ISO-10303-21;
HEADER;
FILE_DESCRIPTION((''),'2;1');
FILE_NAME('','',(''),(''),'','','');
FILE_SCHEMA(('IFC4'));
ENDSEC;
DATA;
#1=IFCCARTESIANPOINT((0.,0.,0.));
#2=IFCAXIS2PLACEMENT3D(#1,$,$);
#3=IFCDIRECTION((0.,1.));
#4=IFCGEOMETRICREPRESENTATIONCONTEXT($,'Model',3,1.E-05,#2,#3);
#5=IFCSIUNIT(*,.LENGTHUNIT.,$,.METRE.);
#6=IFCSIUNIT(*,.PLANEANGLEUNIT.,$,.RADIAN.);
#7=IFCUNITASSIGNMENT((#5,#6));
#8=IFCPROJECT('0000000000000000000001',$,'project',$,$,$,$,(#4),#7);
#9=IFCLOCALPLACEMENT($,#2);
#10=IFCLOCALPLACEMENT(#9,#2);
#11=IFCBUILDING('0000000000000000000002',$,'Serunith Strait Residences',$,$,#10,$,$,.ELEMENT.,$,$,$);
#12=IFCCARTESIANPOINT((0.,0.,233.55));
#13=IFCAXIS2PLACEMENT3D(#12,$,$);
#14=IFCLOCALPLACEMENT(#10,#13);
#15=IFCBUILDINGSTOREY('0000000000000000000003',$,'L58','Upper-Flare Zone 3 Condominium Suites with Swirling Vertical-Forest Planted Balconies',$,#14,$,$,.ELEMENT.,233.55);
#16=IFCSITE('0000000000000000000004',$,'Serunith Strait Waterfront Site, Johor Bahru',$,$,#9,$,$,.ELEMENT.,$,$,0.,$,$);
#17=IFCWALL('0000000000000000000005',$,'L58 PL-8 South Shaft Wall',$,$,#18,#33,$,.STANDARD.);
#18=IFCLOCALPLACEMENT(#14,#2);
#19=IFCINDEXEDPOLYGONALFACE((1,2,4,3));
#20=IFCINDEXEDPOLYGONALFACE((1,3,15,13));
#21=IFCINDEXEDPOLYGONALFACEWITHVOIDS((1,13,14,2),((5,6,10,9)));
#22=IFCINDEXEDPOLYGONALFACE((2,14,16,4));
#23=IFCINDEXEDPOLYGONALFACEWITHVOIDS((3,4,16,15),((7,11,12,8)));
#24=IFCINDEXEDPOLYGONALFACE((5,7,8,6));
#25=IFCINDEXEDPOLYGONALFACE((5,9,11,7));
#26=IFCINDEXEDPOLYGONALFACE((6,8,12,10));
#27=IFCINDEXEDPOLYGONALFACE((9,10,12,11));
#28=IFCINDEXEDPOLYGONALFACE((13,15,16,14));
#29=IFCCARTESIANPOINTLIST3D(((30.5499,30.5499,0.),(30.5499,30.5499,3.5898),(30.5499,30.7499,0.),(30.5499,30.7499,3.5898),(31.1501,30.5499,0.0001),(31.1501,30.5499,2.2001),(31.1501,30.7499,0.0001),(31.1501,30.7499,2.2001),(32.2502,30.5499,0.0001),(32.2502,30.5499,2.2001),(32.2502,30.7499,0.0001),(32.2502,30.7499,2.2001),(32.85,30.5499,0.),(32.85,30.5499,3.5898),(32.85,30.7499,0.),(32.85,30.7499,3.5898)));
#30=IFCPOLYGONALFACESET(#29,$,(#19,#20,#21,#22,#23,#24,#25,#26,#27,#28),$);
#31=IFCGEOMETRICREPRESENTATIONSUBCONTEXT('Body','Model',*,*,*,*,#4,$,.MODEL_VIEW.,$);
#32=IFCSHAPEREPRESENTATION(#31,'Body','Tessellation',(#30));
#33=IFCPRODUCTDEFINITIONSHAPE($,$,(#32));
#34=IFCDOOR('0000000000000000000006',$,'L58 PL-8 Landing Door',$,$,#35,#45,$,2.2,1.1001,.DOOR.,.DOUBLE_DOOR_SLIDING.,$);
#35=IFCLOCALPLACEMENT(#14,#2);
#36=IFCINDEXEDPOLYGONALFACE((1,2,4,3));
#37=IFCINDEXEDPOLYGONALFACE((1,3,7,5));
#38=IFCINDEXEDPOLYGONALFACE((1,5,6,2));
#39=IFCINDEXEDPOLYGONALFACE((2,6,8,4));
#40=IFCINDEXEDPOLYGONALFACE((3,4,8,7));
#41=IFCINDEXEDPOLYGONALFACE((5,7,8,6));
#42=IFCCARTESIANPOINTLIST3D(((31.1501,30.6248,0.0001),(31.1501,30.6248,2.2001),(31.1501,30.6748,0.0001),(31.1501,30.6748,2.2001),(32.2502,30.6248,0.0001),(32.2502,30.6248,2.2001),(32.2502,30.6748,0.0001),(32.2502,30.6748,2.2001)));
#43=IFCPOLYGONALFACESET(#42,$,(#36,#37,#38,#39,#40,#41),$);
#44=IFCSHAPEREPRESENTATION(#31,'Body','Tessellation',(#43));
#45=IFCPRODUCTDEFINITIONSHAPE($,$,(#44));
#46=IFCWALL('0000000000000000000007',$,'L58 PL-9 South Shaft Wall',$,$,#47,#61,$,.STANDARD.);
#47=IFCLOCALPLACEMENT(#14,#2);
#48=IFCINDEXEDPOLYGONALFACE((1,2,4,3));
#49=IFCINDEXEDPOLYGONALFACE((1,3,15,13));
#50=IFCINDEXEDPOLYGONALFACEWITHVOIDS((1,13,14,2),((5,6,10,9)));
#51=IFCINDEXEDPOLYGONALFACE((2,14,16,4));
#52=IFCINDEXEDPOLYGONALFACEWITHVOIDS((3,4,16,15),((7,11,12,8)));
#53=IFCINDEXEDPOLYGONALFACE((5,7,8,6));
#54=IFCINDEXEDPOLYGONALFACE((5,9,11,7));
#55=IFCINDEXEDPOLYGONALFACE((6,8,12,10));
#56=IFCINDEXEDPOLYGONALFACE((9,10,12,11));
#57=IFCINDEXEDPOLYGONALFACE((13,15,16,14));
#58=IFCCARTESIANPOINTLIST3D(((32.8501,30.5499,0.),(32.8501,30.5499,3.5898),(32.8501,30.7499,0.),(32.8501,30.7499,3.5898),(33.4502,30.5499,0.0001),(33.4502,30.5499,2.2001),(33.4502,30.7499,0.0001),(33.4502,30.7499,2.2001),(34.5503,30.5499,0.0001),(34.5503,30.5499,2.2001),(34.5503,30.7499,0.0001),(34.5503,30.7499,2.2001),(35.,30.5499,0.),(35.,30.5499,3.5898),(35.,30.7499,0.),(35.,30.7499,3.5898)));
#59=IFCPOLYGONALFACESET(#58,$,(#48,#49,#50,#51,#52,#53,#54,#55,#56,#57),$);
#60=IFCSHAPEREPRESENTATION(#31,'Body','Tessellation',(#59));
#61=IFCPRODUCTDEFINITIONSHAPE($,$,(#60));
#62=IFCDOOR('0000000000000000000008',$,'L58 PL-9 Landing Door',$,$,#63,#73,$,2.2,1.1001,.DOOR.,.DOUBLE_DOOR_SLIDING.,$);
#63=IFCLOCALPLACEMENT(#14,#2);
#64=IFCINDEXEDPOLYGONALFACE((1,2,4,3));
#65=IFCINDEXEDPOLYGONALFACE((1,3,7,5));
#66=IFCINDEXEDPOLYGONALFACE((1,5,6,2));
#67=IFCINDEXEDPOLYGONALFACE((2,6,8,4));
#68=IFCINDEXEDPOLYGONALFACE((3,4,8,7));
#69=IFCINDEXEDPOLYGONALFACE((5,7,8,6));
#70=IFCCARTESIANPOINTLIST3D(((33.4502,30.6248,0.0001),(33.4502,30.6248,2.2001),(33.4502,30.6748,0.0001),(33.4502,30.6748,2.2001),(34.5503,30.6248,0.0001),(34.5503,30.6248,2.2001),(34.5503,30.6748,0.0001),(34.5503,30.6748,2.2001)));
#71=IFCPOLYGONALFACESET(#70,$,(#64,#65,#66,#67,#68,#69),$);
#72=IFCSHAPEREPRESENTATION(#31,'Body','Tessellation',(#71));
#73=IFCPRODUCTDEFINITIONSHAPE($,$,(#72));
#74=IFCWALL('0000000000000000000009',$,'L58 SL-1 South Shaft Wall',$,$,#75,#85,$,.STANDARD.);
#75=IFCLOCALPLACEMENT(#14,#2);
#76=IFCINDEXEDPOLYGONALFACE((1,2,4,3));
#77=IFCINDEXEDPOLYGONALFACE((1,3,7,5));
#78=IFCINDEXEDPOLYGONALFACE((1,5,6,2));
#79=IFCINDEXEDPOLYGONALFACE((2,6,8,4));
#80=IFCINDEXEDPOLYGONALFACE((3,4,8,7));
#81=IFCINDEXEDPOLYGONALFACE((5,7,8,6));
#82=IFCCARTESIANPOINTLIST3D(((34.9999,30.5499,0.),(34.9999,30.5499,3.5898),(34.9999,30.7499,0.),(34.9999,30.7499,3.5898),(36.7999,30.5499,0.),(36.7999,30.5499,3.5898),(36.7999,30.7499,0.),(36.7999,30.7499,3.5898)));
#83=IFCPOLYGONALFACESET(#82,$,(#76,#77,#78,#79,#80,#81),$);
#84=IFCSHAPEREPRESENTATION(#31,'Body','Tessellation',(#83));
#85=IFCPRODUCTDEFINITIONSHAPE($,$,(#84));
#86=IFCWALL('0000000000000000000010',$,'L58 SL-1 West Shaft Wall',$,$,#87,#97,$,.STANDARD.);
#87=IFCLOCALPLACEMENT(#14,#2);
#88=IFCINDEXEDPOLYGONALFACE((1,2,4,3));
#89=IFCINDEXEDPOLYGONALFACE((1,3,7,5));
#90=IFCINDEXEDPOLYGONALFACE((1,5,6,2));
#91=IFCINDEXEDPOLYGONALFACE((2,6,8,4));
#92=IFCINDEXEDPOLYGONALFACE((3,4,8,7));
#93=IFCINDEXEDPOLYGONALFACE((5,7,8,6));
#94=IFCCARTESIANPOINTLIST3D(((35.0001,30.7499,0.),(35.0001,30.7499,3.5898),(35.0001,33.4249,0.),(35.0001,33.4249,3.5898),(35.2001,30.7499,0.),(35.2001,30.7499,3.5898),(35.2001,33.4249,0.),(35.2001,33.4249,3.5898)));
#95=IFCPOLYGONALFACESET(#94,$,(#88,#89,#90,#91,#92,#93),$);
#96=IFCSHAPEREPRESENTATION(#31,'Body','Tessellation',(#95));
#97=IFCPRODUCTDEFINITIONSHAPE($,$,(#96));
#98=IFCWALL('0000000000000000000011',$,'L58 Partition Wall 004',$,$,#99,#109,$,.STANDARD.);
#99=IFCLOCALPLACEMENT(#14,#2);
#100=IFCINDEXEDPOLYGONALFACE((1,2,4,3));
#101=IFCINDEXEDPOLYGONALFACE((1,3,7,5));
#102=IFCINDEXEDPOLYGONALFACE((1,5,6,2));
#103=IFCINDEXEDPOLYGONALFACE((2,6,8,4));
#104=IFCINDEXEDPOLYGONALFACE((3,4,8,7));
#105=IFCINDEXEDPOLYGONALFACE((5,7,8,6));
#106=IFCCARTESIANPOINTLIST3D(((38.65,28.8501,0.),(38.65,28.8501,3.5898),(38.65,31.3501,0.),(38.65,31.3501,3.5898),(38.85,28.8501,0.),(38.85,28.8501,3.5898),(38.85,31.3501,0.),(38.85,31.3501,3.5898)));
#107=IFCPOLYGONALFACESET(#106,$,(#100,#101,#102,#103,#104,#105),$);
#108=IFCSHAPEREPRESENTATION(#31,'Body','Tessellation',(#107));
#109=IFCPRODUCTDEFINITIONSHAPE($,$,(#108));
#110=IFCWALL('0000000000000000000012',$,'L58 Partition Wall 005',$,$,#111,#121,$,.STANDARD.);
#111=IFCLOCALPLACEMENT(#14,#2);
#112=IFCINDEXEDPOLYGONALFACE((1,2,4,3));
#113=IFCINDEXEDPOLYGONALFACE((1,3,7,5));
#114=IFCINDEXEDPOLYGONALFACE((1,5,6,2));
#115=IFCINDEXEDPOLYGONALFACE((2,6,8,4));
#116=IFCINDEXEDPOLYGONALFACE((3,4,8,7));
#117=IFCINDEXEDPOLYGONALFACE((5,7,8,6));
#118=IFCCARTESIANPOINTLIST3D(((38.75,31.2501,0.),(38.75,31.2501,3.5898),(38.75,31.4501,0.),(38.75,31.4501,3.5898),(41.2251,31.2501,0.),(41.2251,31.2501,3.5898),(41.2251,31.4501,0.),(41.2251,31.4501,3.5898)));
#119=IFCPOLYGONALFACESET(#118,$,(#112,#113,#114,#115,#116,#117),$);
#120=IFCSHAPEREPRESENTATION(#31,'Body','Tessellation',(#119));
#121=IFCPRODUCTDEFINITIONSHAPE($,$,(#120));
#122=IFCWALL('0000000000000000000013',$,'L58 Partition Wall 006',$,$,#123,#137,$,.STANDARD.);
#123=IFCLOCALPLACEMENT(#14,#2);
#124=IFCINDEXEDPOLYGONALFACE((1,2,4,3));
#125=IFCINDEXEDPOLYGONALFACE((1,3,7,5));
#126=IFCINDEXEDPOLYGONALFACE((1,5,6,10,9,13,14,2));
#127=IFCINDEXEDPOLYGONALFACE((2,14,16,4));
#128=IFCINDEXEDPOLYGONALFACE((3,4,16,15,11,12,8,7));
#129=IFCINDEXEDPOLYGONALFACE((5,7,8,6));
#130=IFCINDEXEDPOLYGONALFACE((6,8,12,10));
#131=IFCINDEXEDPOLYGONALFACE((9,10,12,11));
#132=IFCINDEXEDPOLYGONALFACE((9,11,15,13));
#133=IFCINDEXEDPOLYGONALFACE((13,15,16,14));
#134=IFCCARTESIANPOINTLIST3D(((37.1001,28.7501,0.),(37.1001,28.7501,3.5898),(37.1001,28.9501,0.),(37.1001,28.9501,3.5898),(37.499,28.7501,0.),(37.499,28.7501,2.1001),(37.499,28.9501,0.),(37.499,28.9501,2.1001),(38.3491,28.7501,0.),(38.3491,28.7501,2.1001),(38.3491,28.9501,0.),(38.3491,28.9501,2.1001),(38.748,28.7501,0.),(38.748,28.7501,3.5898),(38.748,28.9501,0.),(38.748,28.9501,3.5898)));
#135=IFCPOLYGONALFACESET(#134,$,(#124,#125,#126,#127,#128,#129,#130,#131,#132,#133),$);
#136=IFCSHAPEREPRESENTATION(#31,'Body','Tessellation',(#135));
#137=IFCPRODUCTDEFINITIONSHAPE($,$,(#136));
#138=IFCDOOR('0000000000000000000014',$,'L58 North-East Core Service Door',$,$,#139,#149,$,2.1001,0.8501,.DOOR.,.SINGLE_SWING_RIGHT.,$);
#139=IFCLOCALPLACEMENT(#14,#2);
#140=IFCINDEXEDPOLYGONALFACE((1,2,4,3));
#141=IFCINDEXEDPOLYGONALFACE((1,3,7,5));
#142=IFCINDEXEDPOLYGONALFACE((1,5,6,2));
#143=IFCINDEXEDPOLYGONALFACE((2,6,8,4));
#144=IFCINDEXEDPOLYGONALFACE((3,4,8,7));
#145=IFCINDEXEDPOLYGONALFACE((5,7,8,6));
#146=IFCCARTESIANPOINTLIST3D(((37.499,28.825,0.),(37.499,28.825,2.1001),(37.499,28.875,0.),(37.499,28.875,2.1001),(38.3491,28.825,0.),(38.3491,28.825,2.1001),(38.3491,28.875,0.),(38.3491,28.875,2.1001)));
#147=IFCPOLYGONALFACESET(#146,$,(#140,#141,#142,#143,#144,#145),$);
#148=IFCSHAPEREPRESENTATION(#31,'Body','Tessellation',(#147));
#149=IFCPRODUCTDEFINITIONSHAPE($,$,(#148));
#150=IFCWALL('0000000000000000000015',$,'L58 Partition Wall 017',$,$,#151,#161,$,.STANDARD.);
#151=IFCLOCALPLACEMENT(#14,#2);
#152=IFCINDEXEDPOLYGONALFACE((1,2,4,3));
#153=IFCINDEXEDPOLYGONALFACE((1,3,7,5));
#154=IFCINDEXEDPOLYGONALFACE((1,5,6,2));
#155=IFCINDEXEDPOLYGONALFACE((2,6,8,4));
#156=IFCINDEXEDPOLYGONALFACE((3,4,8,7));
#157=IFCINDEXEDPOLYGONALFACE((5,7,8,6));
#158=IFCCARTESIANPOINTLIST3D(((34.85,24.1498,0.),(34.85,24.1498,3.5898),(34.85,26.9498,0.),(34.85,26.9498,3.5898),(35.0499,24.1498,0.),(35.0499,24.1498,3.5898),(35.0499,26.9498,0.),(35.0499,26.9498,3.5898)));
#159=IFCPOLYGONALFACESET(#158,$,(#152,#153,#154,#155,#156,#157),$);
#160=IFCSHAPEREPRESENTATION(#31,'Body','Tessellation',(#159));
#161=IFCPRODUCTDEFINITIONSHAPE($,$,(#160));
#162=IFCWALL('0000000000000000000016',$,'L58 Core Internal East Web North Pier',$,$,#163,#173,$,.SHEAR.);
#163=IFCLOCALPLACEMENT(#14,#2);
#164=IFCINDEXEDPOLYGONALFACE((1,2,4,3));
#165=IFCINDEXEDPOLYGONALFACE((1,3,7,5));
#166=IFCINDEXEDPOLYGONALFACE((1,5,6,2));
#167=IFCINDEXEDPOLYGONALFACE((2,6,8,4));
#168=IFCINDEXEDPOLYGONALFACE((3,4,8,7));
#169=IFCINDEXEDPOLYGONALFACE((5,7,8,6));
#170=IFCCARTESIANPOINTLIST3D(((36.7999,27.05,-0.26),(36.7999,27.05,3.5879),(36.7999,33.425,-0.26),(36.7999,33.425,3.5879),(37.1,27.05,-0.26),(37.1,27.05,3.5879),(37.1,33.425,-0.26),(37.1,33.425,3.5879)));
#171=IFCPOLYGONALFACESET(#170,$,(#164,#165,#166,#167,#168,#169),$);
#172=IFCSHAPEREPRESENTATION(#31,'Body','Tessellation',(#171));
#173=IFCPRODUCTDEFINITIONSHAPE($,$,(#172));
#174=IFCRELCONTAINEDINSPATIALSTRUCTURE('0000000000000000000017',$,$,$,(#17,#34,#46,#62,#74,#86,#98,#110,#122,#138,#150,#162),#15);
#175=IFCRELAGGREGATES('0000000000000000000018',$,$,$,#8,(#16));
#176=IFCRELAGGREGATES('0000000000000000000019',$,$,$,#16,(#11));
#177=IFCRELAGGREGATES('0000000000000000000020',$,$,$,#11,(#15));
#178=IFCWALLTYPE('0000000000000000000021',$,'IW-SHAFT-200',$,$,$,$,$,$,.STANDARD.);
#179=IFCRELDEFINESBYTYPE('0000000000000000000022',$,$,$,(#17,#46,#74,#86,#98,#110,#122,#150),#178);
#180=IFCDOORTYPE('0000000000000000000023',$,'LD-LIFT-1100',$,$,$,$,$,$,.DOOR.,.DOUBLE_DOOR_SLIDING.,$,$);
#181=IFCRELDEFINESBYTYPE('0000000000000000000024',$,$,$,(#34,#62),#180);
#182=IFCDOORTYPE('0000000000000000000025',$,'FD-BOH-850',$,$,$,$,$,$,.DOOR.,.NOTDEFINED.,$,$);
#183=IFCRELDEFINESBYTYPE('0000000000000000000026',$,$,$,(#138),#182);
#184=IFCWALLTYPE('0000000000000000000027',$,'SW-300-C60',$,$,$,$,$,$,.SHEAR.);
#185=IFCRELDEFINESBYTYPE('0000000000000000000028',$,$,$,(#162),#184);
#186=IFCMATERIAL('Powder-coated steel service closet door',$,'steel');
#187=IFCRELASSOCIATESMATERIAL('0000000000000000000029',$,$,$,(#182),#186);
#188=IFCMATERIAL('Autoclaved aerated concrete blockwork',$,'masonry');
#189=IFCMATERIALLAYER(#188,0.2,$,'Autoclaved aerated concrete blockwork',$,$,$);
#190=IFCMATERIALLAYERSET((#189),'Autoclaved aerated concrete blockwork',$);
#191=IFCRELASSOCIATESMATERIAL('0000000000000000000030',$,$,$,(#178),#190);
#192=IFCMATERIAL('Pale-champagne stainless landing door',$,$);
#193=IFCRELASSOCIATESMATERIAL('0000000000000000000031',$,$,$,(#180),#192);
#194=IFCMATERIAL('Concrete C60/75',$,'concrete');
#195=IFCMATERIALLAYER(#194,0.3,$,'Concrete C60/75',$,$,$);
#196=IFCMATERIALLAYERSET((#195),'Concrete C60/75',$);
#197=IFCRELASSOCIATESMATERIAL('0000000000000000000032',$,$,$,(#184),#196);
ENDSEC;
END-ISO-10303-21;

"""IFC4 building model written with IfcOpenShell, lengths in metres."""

from ifc_helpers import new_model, si_unit, direction, frame, frame_2d, origin, place, context, subcontext, project, spatial, rectangle, extrude, source, transform, mapped, material, layer, layer_set, type_object, element, fill, save


model = new_model("IFC4")

# Units and contexts
model_context = context("Model", 3, precision=1e-05, world=origin(), true_north=direction((0.0, 1.0)))
body_context = subcontext(model_context, "Body", "Model", "MODEL_VIEW")
ifc_project = project(units=[si_unit("LENGTHUNIT", "METRE"), si_unit("PLANEANGLEUNIT", "RADIAN")], contexts=[model_context])

# Site, building, storey
site_placement = place(None, origin())
site = spatial("IfcSite", under=ifc_project, at=site_placement, Name="Serunith Strait Waterfront Site, Johor Bahru", CompositionType="ELEMENT", RefElevation=0.0)
building_placement = place(site_placement, origin())
building = spatial("IfcBuilding", under=site, at=building_placement, Name="Serunith Strait Residences", CompositionType="ELEMENT")
storey_placement = place(building_placement, frame((0.0, 0.0, 233.55)))
storey = spatial("IfcBuildingStorey", under=building, at=storey_placement, Name="L58", Description="Upper-Flare Zone 3 Condominium Suites with Swirling Vertical-Forest Planted Balconies", CompositionType="ELEMENT", Elevation=233.55)

# Walls, openings, doors
ifc_material_1 = material(Name="Powder-coated steel service closet door", Category="steel")
door_type_1 = type_object("IfcDoorType", Name="FD-BOH-850", OperationType="NOTDEFINED", PredefinedType="DOOR", material=ifc_material_1)
shared_shape_1 = source(origin(), body_context, "Body", "SweptSolid", [
    extrude(rectangle(XDim=0.8501, YDim=2.1001, at=frame_2d((0.425, 1.05))), frame((0.0, 0.0249, 0.0), z_axis=(0.0, -1.0, 0.0), x_axis=(1.0, 0.0, 0.0)), (0.0, 0.0, 1.0), 0.05),
])
ifc_material_2 = material(Name="Autoclaved aerated concrete blockwork", Category="masonry")
ifc_layer_1 = layer(ifc_material_2, 0.2, Name="Autoclaved aerated concrete blockwork")
ifc_layer_set_1 = layer_set([ifc_layer_1], Name="Autoclaved aerated concrete blockwork")
wall_type_1 = type_object("IfcWallType", Name="IW-SHAFT-200", PredefinedType="STANDARD", material=ifc_layer_set_1)
wall_1_placement = place(storey_placement, frame((30.55, 30.6499, 0.0), z_axis=(0.0, 0.0, 1.0), x_axis=(1.0, 0.0, 0.0)))
wall_1 = element("IfcWall", 1, at=wall_1_placement, inside=storey, type_object=wall_type_1, Name="L58 PL-8 South Shaft Wall", PredefinedType="STANDARD", context=body_context, shape_type="SweptSolid", body=[
    extrude(rectangle(XDim=2.3, YDim=0.2, at=frame_2d((1.1499, 0.0))), origin(), (0.0, 0.0, 1.0), 3.5898),
])
opening_1_placement = place(wall_1_placement, frame((0.6001, 0.0, 0.0)))
opening_1 = element("IfcOpeningElement", 2, at=opening_1_placement, cuts=wall_1, PredefinedType="OPENING", context=body_context, shape_type="SweptSolid", body=[
    extrude(rectangle(XDim=1.1001, YDim=2.2, at=frame_2d((0.55, 1.1001))), frame((0.0, 0.1099, 0.0), z_axis=(0.0, -1.0, 0.0), x_axis=(1.0, 0.0, 0.0)), (0.0, 0.0, 1.0), 0.22),
])
ifc_material_3 = material(Name="Pale-champagne stainless landing door")
door_type_2 = type_object("IfcDoorType", Name="LD-LIFT-1100", OperationType="DOUBLE_DOOR_SLIDING", PredefinedType="DOOR", material=ifc_material_3)
shared_shape_2 = source(origin(), body_context, "Body", "SweptSolid", [
    extrude(rectangle(XDim=1.1001, YDim=2.2, at=frame_2d((0.55, 1.1001))), frame((0.0, 0.0249, 0.0), z_axis=(0.0, -1.0, 0.0), x_axis=(1.0, 0.0, 0.0)), (0.0, 0.0, 1.0), 0.05),
])
door_1_placement = place(opening_1_placement, origin())
door_1 = element("IfcDoor", 3, at=door_1_placement, inside=storey, type_object=door_type_2, Name="L58 PL-8 Landing Door", OperationType="DOUBLE_DOOR_SLIDING", OverallHeight=2.2, OverallWidth=1.1001, PredefinedType="DOOR", context=body_context, shape_type="MappedRepresentation", body=[
    mapped(shared_shape_2, transform((0.0, 0.0, 0.0), scale=1.0)),
])
fill(opening_1, door_1)
wall_2_placement = place(storey_placement, frame((32.8501, 30.6499, 0.0), z_axis=(0.0, 0.0, 1.0), x_axis=(1.0, 0.0, 0.0)))
wall_2 = element("IfcWall", 4, at=wall_2_placement, inside=storey, type_object=wall_type_1, Name="L58 PL-9 South Shaft Wall", PredefinedType="STANDARD", context=body_context, shape_type="SweptSolid", body=[
    extrude(rectangle(XDim=2.1499, YDim=0.2, at=frame_2d((1.075, 0.0))), origin(), (0.0, 0.0, 1.0), 3.5898),
])
opening_2_placement = place(wall_2_placement, frame((0.6001, 0.0, 0.0)))
opening_2 = element("IfcOpeningElement", 5, at=opening_2_placement, cuts=wall_2, PredefinedType="OPENING", context=body_context, shape_type="SweptSolid", body=[
    extrude(rectangle(XDim=1.1001, YDim=2.2, at=frame_2d((0.55, 1.1001))), frame((0.0, 0.1099, 0.0), z_axis=(0.0, -1.0, 0.0), x_axis=(1.0, 0.0, 0.0)), (0.0, 0.0, 1.0), 0.22),
])
door_2_placement = place(opening_2_placement, origin())
door_2 = element("IfcDoor", 6, at=door_2_placement, inside=storey, type_object=door_type_2, Name="L58 PL-9 Landing Door", OperationType="DOUBLE_DOOR_SLIDING", OverallHeight=2.2, OverallWidth=1.1001, PredefinedType="DOOR", context=body_context, shape_type="MappedRepresentation", body=[
    mapped(shared_shape_2, transform((0.0, 0.0, 0.0), scale=1.0)),
])
fill(opening_2, door_2)

# Walls
wall_3_placement = place(storey_placement, frame((35.0, 30.6499, 0.0), z_axis=(0.0, 0.0, 1.0), x_axis=(1.0, 0.0, 0.0)))
element("IfcWall", 7, at=wall_3_placement, inside=storey, type_object=wall_type_1, Name="L58 SL-1 South Shaft Wall", PredefinedType="STANDARD", context=body_context, shape_type="SweptSolid", body=[
    extrude(rectangle(XDim=1.8, YDim=0.2, at=frame_2d((0.8999, 0.0))), origin(), (0.0, 0.0, 1.0), 3.5898),
])
wall_4_placement = place(storey_placement, frame((35.1001, 30.75, 0.0), z_axis=(0.0, 0.0, 1.0), x_axis=(0.0, 1.0, 0.0)))
element("IfcWall", 8, at=wall_4_placement, inside=storey, type_object=wall_type_1, Name="L58 SL-1 West Shaft Wall", PredefinedType="STANDARD", context=body_context, shape_type="SweptSolid", body=[
    extrude(rectangle(XDim=2.675, YDim=0.2, at=frame_2d((1.3374, 0.0))), origin(), (0.0, 0.0, 1.0), 3.5898),
])
wall_5_placement = place(storey_placement, frame((38.75, 28.8501, 0.0), z_axis=(0.0, 0.0, 1.0), x_axis=(0.0, 1.0, 0.0)))
element("IfcWall", 9, at=wall_5_placement, inside=storey, type_object=wall_type_1, Name="L58 Partition Wall 004", PredefinedType="STANDARD", context=body_context, shape_type="SweptSolid", body=[
    extrude(rectangle(XDim=2.5, YDim=0.2, at=frame_2d((1.25, 0.0))), origin(), (0.0, 0.0, 1.0), 3.5898),
])
wall_6_placement = place(storey_placement, frame((38.75, 31.3501, 0.0), z_axis=(0.0, 0.0, 1.0), x_axis=(1.0, 0.0, 0.0)))
element("IfcWall", 10, at=wall_6_placement, inside=storey, type_object=wall_type_1, Name="L58 Partition Wall 005", PredefinedType="STANDARD", context=body_context, shape_type="SweptSolid", body=[
    extrude(rectangle(XDim=2.4751, YDim=0.2, at=frame_2d((1.2375, 0.0))), origin(), (0.0, 0.0, 1.0), 3.5898),
])

# Wall, opening, door
wall_7_placement = place(storey_placement, frame((37.1001, 28.8501, 0.0), z_axis=(0.0, 0.0, 1.0), x_axis=(1.0, 0.0, 0.0)))
wall_7 = element("IfcWall", 11, at=wall_7_placement, inside=storey, type_object=wall_type_1, Name="L58 Partition Wall 006", PredefinedType="STANDARD", context=body_context, shape_type="SweptSolid", body=[
    extrude(rectangle(XDim=1.6479, YDim=0.2, at=frame_2d((0.824, 0.0))), origin(), (0.0, 0.0, 1.0), 3.5898),
])
opening_3_placement = place(wall_7_placement, frame((0.3989, 0.0, 0.0)))
opening_3 = element("IfcOpeningElement", 12, at=opening_3_placement, cuts=wall_7, PredefinedType="OPENING", context=body_context, shape_type="SweptSolid", body=[
    extrude(rectangle(XDim=0.8501, YDim=2.1001, at=frame_2d((0.425, 1.05))), frame((0.0, 0.1099, 0.0), z_axis=(0.0, -1.0, 0.0), x_axis=(1.0, 0.0, 0.0)), (0.0, 0.0, 1.0), 0.22),
])
door_3_placement = place(opening_3_placement, origin())
door_3 = element("IfcDoor", 13, at=door_3_placement, inside=storey, type_object=door_type_1, Name="L58 North-East Core Service Door", OperationType="SINGLE_SWING_RIGHT", OverallHeight=2.1001, OverallWidth=0.8501, PredefinedType="DOOR", context=body_context, shape_type="MappedRepresentation", body=[
    mapped(shared_shape_1, transform((0.0, 0.0, 0.0), scale=1.0)),
])
fill(opening_3, door_3)

# Walls
wall_8_placement = place(storey_placement, frame((34.95, 24.1499, 0.0), z_axis=(0.0, 0.0, 1.0), x_axis=(0.0, 1.0, 0.0)))
element("IfcWall", 14, at=wall_8_placement, inside=storey, type_object=wall_type_1, Name="L58 Partition Wall 017", PredefinedType="STANDARD", context=body_context, shape_type="SweptSolid", body=[
    extrude(rectangle(XDim=2.8, YDim=0.2, at=frame_2d((1.3999, 0.0))), origin(), (0.0, 0.0, 1.0), 3.5898),
])
ifc_material_4 = material(Name="Concrete C60/75", Category="concrete")
ifc_layer_2 = layer(ifc_material_4, 0.3, Name="Concrete C60/75")
ifc_layer_set_2 = layer_set([ifc_layer_2], Name="Concrete C60/75")
wall_type_2 = type_object("IfcWallType", Name="SW-300-C60", PredefinedType="SHEAR", material=ifc_layer_set_2)
wall_9_placement = place(storey_placement, frame((36.95, 27.05, -0.26), z_axis=(0.0, 0.0, 1.0), x_axis=(0.0, 1.0, 0.0)))
element("IfcWall", 15, at=wall_9_placement, inside=storey, type_object=wall_type_2, Name="L58 Core Internal East Web North Pier", PredefinedType="SHEAR", context=body_context, shape_type="SweptSolid", body=[
    extrude(rectangle(XDim=6.375, YDim=0.3, at=frame_2d((3.1875, 0.0))), origin(), (0.0, 0.0, 1.0), 3.8479),
])

save(model, "model.ifc")
